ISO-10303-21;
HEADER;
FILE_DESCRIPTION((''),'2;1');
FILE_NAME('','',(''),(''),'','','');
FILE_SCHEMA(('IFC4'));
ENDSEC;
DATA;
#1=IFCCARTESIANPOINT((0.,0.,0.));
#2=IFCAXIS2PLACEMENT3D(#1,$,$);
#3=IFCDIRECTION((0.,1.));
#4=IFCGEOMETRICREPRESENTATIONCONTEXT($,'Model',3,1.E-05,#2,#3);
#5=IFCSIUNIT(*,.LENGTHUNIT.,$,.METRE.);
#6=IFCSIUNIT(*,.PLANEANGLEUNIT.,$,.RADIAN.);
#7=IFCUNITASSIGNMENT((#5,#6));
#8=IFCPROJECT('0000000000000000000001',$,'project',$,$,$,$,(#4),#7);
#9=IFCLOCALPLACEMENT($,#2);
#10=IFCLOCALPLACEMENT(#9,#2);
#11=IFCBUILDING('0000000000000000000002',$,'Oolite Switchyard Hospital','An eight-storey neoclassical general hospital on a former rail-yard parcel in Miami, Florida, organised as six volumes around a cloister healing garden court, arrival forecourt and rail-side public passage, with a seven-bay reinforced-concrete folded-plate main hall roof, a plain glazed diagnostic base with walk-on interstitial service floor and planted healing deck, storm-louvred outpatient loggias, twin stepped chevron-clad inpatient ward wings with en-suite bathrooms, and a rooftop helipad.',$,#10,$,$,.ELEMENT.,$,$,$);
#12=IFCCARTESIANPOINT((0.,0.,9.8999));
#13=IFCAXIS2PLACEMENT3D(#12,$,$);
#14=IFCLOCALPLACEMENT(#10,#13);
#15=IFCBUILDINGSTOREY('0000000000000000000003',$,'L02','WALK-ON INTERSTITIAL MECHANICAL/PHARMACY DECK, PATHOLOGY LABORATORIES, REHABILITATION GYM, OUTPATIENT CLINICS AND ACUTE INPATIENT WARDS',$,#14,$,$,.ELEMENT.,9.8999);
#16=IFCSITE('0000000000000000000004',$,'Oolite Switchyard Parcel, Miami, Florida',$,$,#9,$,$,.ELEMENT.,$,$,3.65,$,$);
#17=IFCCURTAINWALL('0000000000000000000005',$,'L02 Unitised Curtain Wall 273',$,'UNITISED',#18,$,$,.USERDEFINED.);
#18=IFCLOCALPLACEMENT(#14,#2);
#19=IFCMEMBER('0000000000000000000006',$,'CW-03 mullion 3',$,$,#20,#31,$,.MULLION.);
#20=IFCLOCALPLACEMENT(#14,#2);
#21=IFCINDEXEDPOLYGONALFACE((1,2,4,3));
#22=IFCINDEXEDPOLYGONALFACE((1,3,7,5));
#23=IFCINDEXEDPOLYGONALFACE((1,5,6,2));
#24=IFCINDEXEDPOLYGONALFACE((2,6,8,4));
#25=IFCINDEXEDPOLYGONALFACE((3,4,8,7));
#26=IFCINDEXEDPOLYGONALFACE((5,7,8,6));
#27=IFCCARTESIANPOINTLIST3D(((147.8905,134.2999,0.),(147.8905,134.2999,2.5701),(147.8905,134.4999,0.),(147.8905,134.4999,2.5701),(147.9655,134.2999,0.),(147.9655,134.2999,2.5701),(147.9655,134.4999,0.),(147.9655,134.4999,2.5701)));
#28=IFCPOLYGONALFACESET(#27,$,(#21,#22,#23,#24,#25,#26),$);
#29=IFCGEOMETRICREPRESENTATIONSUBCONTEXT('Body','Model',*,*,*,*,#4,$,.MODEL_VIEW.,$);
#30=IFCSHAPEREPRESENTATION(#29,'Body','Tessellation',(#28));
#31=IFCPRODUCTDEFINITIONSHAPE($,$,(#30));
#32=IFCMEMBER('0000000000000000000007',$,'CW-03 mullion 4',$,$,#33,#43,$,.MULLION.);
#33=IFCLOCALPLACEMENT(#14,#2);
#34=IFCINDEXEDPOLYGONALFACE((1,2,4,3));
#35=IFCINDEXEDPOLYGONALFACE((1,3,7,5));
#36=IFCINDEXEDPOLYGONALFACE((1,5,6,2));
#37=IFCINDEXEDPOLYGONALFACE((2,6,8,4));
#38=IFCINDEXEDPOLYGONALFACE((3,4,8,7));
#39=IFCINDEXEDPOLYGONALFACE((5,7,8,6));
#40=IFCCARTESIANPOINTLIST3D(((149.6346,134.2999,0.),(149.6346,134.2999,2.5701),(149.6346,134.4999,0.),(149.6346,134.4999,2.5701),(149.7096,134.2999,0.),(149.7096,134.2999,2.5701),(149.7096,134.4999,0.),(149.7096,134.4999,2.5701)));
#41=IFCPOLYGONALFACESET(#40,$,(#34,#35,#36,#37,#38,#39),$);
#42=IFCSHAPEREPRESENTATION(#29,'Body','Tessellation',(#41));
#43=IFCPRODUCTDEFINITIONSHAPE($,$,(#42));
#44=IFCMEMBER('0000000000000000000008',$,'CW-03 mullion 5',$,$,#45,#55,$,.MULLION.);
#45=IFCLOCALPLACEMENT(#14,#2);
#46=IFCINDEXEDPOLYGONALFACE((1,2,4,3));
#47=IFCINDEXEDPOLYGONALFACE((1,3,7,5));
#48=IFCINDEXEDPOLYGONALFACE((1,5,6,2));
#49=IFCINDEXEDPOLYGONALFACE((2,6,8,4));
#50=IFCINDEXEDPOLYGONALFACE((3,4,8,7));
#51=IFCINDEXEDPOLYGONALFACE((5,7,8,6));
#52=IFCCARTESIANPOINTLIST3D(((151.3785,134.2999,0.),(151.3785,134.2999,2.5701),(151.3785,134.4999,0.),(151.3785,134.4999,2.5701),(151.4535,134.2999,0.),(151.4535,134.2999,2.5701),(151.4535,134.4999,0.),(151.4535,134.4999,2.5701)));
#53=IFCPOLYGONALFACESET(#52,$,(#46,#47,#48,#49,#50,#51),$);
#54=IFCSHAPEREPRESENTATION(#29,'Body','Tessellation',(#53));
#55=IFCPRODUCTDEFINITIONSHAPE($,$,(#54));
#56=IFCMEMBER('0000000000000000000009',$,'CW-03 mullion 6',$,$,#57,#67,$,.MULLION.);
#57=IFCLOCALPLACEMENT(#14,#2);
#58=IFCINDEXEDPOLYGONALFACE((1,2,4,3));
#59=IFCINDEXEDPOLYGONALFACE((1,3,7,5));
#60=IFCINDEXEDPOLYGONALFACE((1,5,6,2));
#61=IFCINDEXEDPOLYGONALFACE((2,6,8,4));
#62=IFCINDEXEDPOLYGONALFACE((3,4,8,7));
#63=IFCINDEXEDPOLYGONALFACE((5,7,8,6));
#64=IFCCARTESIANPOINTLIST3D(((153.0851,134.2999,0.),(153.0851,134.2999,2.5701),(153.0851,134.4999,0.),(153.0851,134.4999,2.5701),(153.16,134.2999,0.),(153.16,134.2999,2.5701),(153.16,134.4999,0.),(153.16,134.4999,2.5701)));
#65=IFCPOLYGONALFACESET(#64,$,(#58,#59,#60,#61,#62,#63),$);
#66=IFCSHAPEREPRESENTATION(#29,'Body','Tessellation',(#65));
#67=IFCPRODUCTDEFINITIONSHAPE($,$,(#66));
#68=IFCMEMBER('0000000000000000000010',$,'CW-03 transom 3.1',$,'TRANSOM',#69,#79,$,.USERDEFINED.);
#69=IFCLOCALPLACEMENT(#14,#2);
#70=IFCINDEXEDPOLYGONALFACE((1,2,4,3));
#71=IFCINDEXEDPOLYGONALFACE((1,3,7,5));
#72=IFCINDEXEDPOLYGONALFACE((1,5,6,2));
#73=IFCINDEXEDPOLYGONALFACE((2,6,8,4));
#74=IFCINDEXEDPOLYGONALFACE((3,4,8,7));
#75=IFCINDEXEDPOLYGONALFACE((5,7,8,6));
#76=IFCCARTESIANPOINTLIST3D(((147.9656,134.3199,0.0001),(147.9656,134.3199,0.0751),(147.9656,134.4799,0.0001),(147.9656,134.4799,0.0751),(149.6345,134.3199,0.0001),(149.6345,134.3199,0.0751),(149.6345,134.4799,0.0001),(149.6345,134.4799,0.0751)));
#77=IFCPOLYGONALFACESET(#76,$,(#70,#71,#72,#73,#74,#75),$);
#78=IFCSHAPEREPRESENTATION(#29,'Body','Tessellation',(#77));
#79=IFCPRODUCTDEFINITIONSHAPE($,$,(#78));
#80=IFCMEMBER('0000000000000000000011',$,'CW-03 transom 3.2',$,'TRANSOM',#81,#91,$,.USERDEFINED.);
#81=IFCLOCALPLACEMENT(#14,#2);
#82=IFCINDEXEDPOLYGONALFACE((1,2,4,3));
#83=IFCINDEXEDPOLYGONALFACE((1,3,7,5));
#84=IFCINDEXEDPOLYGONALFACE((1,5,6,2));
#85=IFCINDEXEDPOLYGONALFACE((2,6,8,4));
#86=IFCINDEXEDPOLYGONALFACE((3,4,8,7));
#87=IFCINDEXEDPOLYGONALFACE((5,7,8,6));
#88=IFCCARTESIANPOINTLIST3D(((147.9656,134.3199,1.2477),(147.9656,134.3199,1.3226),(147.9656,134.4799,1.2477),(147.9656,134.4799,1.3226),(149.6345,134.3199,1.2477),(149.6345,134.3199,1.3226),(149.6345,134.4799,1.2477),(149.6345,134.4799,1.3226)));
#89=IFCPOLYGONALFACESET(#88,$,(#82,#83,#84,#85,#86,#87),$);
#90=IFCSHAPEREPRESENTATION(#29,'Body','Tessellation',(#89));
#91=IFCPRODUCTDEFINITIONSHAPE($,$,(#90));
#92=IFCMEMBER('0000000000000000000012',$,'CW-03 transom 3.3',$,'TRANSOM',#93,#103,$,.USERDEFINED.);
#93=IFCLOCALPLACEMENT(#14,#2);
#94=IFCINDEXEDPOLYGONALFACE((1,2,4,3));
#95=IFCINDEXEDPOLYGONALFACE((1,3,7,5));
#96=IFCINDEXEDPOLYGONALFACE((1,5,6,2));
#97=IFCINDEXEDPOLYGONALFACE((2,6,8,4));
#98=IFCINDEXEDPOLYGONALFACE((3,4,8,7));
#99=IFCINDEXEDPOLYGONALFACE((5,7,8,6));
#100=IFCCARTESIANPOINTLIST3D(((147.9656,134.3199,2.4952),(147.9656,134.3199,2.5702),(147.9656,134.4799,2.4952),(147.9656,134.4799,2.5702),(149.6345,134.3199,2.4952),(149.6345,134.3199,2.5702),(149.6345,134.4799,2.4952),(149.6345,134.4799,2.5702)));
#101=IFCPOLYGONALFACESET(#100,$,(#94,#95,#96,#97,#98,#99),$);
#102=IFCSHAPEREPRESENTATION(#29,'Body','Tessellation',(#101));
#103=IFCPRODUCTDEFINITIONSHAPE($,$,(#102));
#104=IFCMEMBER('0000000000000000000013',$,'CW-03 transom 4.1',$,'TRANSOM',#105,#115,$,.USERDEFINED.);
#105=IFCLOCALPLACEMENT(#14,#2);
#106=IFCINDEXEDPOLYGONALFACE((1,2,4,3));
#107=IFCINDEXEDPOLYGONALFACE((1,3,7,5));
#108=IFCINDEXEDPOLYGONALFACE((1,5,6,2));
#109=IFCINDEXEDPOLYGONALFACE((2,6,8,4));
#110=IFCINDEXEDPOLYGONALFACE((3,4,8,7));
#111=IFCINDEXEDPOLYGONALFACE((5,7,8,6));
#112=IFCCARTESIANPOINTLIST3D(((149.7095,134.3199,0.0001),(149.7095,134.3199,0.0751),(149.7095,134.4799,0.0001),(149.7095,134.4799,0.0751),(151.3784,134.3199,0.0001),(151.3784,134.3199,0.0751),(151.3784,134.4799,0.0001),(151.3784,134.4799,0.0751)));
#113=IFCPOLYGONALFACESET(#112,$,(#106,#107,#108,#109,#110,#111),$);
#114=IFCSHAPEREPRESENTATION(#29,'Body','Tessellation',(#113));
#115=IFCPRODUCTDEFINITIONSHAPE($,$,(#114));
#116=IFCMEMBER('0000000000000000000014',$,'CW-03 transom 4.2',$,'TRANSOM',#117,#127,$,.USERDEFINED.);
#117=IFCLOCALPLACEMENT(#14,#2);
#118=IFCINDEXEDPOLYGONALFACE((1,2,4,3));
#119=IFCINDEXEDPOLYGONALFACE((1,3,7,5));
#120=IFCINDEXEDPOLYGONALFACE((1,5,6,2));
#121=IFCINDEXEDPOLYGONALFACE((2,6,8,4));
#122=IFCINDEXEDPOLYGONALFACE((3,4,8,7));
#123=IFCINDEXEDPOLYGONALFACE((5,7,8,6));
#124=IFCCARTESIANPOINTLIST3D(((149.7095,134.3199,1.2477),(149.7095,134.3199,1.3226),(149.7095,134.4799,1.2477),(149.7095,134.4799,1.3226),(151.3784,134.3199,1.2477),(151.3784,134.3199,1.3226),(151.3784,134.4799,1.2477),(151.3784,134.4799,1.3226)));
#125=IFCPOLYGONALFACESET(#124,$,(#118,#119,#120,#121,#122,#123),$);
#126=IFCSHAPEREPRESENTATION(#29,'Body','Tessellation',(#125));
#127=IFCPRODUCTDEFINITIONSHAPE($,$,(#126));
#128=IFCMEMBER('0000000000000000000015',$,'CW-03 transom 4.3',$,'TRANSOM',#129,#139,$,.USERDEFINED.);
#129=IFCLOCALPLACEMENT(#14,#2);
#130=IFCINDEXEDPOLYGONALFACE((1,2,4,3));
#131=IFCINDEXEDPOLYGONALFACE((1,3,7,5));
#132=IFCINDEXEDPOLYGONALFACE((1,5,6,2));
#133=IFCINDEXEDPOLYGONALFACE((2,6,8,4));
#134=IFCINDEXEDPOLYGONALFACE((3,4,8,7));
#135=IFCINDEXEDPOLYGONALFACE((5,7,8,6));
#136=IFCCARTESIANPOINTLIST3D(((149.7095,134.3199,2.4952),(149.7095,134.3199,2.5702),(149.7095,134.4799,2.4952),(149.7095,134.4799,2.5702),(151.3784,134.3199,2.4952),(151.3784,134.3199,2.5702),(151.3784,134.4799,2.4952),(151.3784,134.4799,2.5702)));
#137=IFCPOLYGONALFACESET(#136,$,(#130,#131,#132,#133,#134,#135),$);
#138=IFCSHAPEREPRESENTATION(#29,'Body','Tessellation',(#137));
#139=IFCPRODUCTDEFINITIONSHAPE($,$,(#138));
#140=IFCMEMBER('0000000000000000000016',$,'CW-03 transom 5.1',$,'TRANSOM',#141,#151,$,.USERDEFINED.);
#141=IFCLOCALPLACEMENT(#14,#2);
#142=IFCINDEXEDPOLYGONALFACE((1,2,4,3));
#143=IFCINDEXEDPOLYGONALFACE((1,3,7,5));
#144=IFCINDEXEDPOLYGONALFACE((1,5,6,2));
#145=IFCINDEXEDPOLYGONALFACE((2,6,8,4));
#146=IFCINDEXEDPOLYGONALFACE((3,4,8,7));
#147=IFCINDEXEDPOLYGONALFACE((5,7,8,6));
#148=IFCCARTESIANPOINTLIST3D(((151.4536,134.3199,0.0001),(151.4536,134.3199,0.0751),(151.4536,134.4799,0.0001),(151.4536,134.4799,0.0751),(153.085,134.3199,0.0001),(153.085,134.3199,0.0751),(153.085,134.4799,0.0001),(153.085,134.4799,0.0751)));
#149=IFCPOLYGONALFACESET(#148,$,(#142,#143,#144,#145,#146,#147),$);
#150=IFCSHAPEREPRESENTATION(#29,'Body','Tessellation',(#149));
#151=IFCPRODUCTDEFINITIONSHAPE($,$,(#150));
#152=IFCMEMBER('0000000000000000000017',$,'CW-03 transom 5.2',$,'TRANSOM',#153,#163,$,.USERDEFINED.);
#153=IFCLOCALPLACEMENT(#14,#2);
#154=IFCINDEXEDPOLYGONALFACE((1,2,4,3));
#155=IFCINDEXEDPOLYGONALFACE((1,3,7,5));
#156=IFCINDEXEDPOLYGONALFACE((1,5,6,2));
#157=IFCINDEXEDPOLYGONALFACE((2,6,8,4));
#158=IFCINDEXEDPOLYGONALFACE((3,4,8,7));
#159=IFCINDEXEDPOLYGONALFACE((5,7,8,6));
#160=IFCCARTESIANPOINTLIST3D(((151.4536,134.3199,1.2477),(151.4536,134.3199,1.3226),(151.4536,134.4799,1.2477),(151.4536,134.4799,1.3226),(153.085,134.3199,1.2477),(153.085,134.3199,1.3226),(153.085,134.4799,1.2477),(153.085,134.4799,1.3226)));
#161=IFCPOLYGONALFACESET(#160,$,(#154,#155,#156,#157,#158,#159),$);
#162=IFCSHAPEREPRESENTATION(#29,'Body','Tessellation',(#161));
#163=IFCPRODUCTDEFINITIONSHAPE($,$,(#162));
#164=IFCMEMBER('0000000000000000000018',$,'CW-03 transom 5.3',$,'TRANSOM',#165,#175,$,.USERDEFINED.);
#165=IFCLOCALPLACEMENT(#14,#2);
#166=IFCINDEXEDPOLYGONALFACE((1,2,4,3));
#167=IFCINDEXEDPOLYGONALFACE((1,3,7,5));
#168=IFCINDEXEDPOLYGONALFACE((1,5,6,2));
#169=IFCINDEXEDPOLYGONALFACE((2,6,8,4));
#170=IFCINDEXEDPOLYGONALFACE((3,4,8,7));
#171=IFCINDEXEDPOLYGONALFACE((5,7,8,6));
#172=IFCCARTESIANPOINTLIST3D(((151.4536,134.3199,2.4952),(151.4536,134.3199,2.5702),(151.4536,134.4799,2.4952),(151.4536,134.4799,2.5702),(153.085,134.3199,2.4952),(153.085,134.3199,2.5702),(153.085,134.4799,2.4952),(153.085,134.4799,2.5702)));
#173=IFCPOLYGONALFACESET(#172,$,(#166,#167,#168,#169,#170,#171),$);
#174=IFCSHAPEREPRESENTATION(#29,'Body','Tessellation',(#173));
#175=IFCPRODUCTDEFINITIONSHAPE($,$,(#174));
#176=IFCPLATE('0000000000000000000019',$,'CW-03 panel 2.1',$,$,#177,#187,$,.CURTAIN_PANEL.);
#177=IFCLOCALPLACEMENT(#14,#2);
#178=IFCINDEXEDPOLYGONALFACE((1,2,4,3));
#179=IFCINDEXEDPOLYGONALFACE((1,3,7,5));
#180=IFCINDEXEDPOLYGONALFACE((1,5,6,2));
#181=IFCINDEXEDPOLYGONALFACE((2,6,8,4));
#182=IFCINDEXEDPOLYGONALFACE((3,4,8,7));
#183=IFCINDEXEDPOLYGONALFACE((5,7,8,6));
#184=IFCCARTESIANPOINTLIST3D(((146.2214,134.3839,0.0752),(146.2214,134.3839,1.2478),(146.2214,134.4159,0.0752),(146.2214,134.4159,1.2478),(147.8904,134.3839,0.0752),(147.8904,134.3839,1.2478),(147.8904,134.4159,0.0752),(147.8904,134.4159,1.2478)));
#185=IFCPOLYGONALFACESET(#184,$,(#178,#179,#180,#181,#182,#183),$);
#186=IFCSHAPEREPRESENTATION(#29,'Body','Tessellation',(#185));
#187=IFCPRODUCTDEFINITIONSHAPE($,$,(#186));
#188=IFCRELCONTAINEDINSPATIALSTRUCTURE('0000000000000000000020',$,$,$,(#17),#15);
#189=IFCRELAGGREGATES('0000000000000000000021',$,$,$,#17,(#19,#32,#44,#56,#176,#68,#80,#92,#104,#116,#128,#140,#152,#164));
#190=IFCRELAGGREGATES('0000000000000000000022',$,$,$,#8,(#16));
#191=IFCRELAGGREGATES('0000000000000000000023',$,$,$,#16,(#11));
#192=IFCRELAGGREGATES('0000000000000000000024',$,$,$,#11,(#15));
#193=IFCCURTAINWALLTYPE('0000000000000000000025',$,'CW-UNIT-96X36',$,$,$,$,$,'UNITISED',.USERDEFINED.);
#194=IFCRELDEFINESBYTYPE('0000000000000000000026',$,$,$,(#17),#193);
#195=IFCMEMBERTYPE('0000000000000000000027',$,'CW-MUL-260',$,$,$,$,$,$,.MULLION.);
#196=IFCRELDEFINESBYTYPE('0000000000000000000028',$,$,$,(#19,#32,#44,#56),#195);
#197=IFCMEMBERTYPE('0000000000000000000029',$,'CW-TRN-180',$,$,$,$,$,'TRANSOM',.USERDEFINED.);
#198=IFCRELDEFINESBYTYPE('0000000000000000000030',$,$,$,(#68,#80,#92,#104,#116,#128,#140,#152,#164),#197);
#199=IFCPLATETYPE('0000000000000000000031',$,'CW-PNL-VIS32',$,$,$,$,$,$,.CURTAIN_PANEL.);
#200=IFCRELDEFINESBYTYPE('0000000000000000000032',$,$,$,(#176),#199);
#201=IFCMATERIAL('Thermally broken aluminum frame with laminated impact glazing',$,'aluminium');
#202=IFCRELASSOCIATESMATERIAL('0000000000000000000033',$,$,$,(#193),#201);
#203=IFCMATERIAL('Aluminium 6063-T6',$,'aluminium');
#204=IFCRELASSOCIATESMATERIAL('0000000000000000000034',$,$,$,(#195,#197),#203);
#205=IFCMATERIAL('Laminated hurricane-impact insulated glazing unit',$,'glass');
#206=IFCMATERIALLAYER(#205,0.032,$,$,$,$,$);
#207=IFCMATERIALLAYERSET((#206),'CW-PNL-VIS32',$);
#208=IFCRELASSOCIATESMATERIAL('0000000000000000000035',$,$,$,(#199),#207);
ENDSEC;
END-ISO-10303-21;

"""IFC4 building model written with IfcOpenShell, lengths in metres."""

from ifc_helpers import new_model, si_unit, direction, frame, origin, origin_2d, place, context, subcontext, project, spatial, rectangle, extrude, material, layer, layer_set, material_profile, profile_set, type_object, element, aggregate, save


model = new_model("IFC4")

# Units and contexts
model_context = context("Model", 3, precision=1e-05, world=origin(), true_north=direction((0.0, 1.0)))
body_context = subcontext(model_context, "Body", "Model", "MODEL_VIEW")
ifc_project = project(units=[si_unit("LENGTHUNIT", "METRE"), si_unit("PLANEANGLEUNIT", "RADIAN")], contexts=[model_context])

# Site, building, storey
site_placement = place(None, origin())
site = spatial("IfcSite", under=ifc_project, at=site_placement, Name="Oolite Switchyard Parcel, Miami, Florida", CompositionType="ELEMENT", RefElevation=3.65)
building_placement = place(site_placement, origin())
building = spatial("IfcBuilding", under=site, at=building_placement, Name="Oolite Switchyard Hospital", Description="An eight-storey neoclassical general hospital on a former rail-yard parcel in Miami, Florida, organised as six volumes around a cloister healing garden court, arrival forecourt and rail-side public passage, with a seven-bay reinforced-concrete folded-plate main hall roof, a plain glazed diagnostic base with walk-on interstitial service floor and planted healing deck, storm-louvred outpatient loggias, twin stepped chevron-clad inpatient ward wings with en-suite bathrooms, and a rooftop helipad.", CompositionType="ELEMENT")
storey_placement = place(building_placement, frame((0.0, 0.0, 9.8999)))
storey = spatial("IfcBuildingStorey", under=building, at=storey_placement, Name="L02", Description="WALK-ON INTERSTITIAL MECHANICAL/PHARMACY DECK, PATHOLOGY LABORATORIES, REHABILITATION GYM, OUTPATIENT CLINICS AND ACUTE INPATIENT WARDS", CompositionType="ELEMENT", Elevation=9.8999)

# Curtain wall, members, plate
ifc_material_1 = material(Name="Thermally broken aluminum frame with laminated impact glazing", Category="aluminium")
curtain_wall_type = type_object("IfcCurtainWallType", Name="CW-UNIT-96X36", ElementType="UNITISED", PredefinedType="USERDEFINED", material=ifc_material_1)
curtain_wall_placement = place(storey_placement, origin())
curtain_wall = element("IfcCurtainWall", 1, at=curtain_wall_placement, inside=storey, type_object=curtain_wall_type, Name="L02 Unitised Curtain Wall 273", ObjectType="UNITISED", PredefinedType="USERDEFINED")
ifc_material_2 = material(Name="Aluminium 6063-T6", Category="aluminium")
ifc_material_profile_1 = material_profile(ifc_material_2, rectangle(XDim=0.2, YDim=0.075, at=origin_2d()), Name="CWM75X200")
ifc_profile_set_1 = profile_set([ifc_material_profile_1], Name="Aluminium 6063-T6")
member_type_1 = type_object("IfcMemberType", Name="CW-MUL-260", PredefinedType="MULLION", material=ifc_profile_set_1)
member_1_placement = place(storey_placement, frame((147.928, 134.3999, 0.0), z_axis=(0.0, 0.0, 1.0), x_axis=(0.0, 1.0, 0.0)))
member_1 = element("IfcMember", 2, at=member_1_placement, type_object=member_type_1, Name="CW-03 mullion 3", PredefinedType="MULLION", context=body_context, shape_type="SweptSolid", body=[
    extrude(rectangle(XDim=0.2, YDim=0.075, at=origin_2d()), origin(), (0.0, 0.0, 1.0), 2.5701),
])
member_2_placement = place(storey_placement, frame((149.6721, 134.3999, 0.0), z_axis=(0.0, 0.0, 1.0), x_axis=(0.0, 1.0, 0.0)))
member_2 = element("IfcMember", 3, at=member_2_placement, type_object=member_type_1, Name="CW-03 mullion 4", PredefinedType="MULLION", context=body_context, shape_type="SweptSolid", body=[
    extrude(rectangle(XDim=0.2, YDim=0.075, at=origin_2d()), origin(), (0.0, 0.0, 1.0), 2.5701),
])
member_3_placement = place(storey_placement, frame((151.416, 134.3999, 0.0), z_axis=(0.0, 0.0, 1.0), x_axis=(0.0, 1.0, 0.0)))
member_3 = element("IfcMember", 4, at=member_3_placement, type_object=member_type_1, Name="CW-03 mullion 5", PredefinedType="MULLION", context=body_context, shape_type="SweptSolid", body=[
    extrude(rectangle(XDim=0.2, YDim=0.075, at=origin_2d()), origin(), (0.0, 0.0, 1.0), 2.5701),
])
member_4_placement = place(storey_placement, frame((153.1226, 134.3999, 0.0), z_axis=(0.0, 0.0, 1.0), x_axis=(0.0, 1.0, 0.0)))
member_4 = element("IfcMember", 5, at=member_4_placement, type_object=member_type_1, Name="CW-03 mullion 6", PredefinedType="MULLION", context=body_context, shape_type="SweptSolid", body=[
    extrude(rectangle(XDim=0.2, YDim=0.075, at=origin_2d()), origin(), (0.0, 0.0, 1.0), 2.5701),
])
ifc_material_profile_2 = material_profile(ifc_material_2, rectangle(XDim=0.1599, YDim=0.075, at=origin_2d()), Name="CWT75X160")
ifc_profile_set_2 = profile_set([ifc_material_profile_2], Name="Aluminium 6063-T6")
member_type_2 = type_object("IfcMemberType", Name="CW-TRN-180", ElementType="TRANSOM", PredefinedType="USERDEFINED", material=ifc_profile_set_2)
member_5_placement = place(storey_placement, frame((147.9656, 134.3999, 0.0376), z_axis=(1.0, 0.0, 0.0), x_axis=(0.0, 1.0, 0.0)))
member_5 = element("IfcMember", 6, at=member_5_placement, type_object=member_type_2, Name="CW-03 transom 3.1", ObjectType="TRANSOM", PredefinedType="USERDEFINED", context=body_context, shape_type="SweptSolid", body=[
    extrude(rectangle(XDim=0.1599, YDim=0.075, at=origin_2d()), origin(), (0.0, 0.0, 1.0), 1.6689),
])
member_6_placement = place(storey_placement, frame((147.9656, 134.3999, 1.2852), z_axis=(1.0, 0.0, 0.0), x_axis=(0.0, 1.0, 0.0)))
member_6 = element("IfcMember", 7, at=member_6_placement, type_object=member_type_2, Name="CW-03 transom 3.2", ObjectType="TRANSOM", PredefinedType="USERDEFINED", context=body_context, shape_type="SweptSolid", body=[
    extrude(rectangle(XDim=0.1599, YDim=0.075, at=origin_2d()), origin(), (0.0, 0.0, 1.0), 1.6689),
])
member_7_placement = place(storey_placement, frame((147.9656, 134.3999, 2.5327), z_axis=(1.0, 0.0, 0.0), x_axis=(0.0, 1.0, 0.0)))
member_7 = element("IfcMember", 8, at=member_7_placement, type_object=member_type_2, Name="CW-03 transom 3.3", ObjectType="TRANSOM", PredefinedType="USERDEFINED", context=body_context, shape_type="SweptSolid", body=[
    extrude(rectangle(XDim=0.1599, YDim=0.075, at=origin_2d()), origin(), (0.0, 0.0, 1.0), 1.6689),
])
member_8_placement = place(storey_placement, frame((149.7095, 134.3999, 0.0376), z_axis=(1.0, 0.0, 0.0), x_axis=(0.0, 1.0, 0.0)))
member_8 = element("IfcMember", 9, at=member_8_placement, type_object=member_type_2, Name="CW-03 transom 4.1", ObjectType="TRANSOM", PredefinedType="USERDEFINED", context=body_context, shape_type="SweptSolid", body=[
    extrude(rectangle(XDim=0.1599, YDim=0.075, at=origin_2d()), origin(), (0.0, 0.0, 1.0), 1.6689),
])
member_9_placement = place(storey_placement, frame((149.7095, 134.3999, 1.2852), z_axis=(1.0, 0.0, 0.0), x_axis=(0.0, 1.0, 0.0)))
member_9 = element("IfcMember", 10, at=member_9_placement, type_object=member_type_2, Name="CW-03 transom 4.2", ObjectType="TRANSOM", PredefinedType="USERDEFINED", context=body_context, shape_type="SweptSolid", body=[
    extrude(rectangle(XDim=0.1599, YDim=0.075, at=origin_2d()), origin(), (0.0, 0.0, 1.0), 1.6689),
])
member_10_placement = place(storey_placement, frame((149.7095, 134.3999, 2.5327), z_axis=(1.0, 0.0, 0.0), x_axis=(0.0, 1.0, 0.0)))
member_10 = element("IfcMember", 11, at=member_10_placement, type_object=member_type_2, Name="CW-03 transom 4.3", ObjectType="TRANSOM", PredefinedType="USERDEFINED", context=body_context, shape_type="SweptSolid", body=[
    extrude(rectangle(XDim=0.1599, YDim=0.075, at=origin_2d()), origin(), (0.0, 0.0, 1.0), 1.6689),
])
member_11_placement = place(storey_placement, frame((151.4536, 134.3999, 0.0376), z_axis=(1.0, 0.0, 0.0), x_axis=(0.0, 1.0, 0.0)))
member_11 = element("IfcMember", 12, at=member_11_placement, type_object=member_type_2, Name="CW-03 transom 5.1", ObjectType="TRANSOM", PredefinedType="USERDEFINED", context=body_context, shape_type="SweptSolid", body=[
    extrude(rectangle(XDim=0.1599, YDim=0.075, at=origin_2d()), origin(), (0.0, 0.0, 1.0), 1.6313),
])
member_12_placement = place(storey_placement, frame((151.4536, 134.3999, 1.2852), z_axis=(1.0, 0.0, 0.0), x_axis=(0.0, 1.0, 0.0)))
member_12 = element("IfcMember", 13, at=member_12_placement, type_object=member_type_2, Name="CW-03 transom 5.2", ObjectType="TRANSOM", PredefinedType="USERDEFINED", context=body_context, shape_type="SweptSolid", body=[
    extrude(rectangle(XDim=0.1599, YDim=0.075, at=origin_2d()), origin(), (0.0, 0.0, 1.0), 1.6313),
])
member_13_placement = place(storey_placement, frame((151.4536, 134.3999, 2.5327), z_axis=(1.0, 0.0, 0.0), x_axis=(0.0, 1.0, 0.0)))
member_13 = element("IfcMember", 14, at=member_13_placement, type_object=member_type_2, Name="CW-03 transom 5.3", ObjectType="TRANSOM", PredefinedType="USERDEFINED", context=body_context, shape_type="SweptSolid", body=[
    extrude(rectangle(XDim=0.1599, YDim=0.075, at=origin_2d()), origin(), (0.0, 0.0, 1.0), 1.6313),
])
ifc_material_3 = material(Name="Laminated hurricane-impact insulated glazing unit", Category="glass")
ifc_layer = layer(ifc_material_3, 0.032)
ifc_layer_set = layer_set([ifc_layer], Name="CW-PNL-VIS32")
plate_type = type_object("IfcPlateType", Name="CW-PNL-VIS32", PredefinedType="CURTAIN_PANEL", material=ifc_layer_set)
plate_1_placement = place(storey_placement, frame((147.0559, 134.3999, 0.0752), z_axis=(0.0, 0.0, 1.0), x_axis=(1.0, 0.0, 0.0)))
plate_1 = element("IfcPlate", 15, at=plate_1_placement, type_object=plate_type, Name="CW-03 panel 2.1", PredefinedType="CURTAIN_PANEL", context=body_context, shape_type="SweptSolid", body=[
    extrude(rectangle(XDim=1.6689, YDim=0.032, at=origin_2d()), origin(), (0.0, 0.0, 1.0), 1.1726),
])
aggregate(curtain_wall, [member_1, member_2, member_3, member_4, plate_1, member_5, member_6, member_7, member_8, member_9, member_10, member_11, member_12, member_13])

save(model, "model.ifc")
